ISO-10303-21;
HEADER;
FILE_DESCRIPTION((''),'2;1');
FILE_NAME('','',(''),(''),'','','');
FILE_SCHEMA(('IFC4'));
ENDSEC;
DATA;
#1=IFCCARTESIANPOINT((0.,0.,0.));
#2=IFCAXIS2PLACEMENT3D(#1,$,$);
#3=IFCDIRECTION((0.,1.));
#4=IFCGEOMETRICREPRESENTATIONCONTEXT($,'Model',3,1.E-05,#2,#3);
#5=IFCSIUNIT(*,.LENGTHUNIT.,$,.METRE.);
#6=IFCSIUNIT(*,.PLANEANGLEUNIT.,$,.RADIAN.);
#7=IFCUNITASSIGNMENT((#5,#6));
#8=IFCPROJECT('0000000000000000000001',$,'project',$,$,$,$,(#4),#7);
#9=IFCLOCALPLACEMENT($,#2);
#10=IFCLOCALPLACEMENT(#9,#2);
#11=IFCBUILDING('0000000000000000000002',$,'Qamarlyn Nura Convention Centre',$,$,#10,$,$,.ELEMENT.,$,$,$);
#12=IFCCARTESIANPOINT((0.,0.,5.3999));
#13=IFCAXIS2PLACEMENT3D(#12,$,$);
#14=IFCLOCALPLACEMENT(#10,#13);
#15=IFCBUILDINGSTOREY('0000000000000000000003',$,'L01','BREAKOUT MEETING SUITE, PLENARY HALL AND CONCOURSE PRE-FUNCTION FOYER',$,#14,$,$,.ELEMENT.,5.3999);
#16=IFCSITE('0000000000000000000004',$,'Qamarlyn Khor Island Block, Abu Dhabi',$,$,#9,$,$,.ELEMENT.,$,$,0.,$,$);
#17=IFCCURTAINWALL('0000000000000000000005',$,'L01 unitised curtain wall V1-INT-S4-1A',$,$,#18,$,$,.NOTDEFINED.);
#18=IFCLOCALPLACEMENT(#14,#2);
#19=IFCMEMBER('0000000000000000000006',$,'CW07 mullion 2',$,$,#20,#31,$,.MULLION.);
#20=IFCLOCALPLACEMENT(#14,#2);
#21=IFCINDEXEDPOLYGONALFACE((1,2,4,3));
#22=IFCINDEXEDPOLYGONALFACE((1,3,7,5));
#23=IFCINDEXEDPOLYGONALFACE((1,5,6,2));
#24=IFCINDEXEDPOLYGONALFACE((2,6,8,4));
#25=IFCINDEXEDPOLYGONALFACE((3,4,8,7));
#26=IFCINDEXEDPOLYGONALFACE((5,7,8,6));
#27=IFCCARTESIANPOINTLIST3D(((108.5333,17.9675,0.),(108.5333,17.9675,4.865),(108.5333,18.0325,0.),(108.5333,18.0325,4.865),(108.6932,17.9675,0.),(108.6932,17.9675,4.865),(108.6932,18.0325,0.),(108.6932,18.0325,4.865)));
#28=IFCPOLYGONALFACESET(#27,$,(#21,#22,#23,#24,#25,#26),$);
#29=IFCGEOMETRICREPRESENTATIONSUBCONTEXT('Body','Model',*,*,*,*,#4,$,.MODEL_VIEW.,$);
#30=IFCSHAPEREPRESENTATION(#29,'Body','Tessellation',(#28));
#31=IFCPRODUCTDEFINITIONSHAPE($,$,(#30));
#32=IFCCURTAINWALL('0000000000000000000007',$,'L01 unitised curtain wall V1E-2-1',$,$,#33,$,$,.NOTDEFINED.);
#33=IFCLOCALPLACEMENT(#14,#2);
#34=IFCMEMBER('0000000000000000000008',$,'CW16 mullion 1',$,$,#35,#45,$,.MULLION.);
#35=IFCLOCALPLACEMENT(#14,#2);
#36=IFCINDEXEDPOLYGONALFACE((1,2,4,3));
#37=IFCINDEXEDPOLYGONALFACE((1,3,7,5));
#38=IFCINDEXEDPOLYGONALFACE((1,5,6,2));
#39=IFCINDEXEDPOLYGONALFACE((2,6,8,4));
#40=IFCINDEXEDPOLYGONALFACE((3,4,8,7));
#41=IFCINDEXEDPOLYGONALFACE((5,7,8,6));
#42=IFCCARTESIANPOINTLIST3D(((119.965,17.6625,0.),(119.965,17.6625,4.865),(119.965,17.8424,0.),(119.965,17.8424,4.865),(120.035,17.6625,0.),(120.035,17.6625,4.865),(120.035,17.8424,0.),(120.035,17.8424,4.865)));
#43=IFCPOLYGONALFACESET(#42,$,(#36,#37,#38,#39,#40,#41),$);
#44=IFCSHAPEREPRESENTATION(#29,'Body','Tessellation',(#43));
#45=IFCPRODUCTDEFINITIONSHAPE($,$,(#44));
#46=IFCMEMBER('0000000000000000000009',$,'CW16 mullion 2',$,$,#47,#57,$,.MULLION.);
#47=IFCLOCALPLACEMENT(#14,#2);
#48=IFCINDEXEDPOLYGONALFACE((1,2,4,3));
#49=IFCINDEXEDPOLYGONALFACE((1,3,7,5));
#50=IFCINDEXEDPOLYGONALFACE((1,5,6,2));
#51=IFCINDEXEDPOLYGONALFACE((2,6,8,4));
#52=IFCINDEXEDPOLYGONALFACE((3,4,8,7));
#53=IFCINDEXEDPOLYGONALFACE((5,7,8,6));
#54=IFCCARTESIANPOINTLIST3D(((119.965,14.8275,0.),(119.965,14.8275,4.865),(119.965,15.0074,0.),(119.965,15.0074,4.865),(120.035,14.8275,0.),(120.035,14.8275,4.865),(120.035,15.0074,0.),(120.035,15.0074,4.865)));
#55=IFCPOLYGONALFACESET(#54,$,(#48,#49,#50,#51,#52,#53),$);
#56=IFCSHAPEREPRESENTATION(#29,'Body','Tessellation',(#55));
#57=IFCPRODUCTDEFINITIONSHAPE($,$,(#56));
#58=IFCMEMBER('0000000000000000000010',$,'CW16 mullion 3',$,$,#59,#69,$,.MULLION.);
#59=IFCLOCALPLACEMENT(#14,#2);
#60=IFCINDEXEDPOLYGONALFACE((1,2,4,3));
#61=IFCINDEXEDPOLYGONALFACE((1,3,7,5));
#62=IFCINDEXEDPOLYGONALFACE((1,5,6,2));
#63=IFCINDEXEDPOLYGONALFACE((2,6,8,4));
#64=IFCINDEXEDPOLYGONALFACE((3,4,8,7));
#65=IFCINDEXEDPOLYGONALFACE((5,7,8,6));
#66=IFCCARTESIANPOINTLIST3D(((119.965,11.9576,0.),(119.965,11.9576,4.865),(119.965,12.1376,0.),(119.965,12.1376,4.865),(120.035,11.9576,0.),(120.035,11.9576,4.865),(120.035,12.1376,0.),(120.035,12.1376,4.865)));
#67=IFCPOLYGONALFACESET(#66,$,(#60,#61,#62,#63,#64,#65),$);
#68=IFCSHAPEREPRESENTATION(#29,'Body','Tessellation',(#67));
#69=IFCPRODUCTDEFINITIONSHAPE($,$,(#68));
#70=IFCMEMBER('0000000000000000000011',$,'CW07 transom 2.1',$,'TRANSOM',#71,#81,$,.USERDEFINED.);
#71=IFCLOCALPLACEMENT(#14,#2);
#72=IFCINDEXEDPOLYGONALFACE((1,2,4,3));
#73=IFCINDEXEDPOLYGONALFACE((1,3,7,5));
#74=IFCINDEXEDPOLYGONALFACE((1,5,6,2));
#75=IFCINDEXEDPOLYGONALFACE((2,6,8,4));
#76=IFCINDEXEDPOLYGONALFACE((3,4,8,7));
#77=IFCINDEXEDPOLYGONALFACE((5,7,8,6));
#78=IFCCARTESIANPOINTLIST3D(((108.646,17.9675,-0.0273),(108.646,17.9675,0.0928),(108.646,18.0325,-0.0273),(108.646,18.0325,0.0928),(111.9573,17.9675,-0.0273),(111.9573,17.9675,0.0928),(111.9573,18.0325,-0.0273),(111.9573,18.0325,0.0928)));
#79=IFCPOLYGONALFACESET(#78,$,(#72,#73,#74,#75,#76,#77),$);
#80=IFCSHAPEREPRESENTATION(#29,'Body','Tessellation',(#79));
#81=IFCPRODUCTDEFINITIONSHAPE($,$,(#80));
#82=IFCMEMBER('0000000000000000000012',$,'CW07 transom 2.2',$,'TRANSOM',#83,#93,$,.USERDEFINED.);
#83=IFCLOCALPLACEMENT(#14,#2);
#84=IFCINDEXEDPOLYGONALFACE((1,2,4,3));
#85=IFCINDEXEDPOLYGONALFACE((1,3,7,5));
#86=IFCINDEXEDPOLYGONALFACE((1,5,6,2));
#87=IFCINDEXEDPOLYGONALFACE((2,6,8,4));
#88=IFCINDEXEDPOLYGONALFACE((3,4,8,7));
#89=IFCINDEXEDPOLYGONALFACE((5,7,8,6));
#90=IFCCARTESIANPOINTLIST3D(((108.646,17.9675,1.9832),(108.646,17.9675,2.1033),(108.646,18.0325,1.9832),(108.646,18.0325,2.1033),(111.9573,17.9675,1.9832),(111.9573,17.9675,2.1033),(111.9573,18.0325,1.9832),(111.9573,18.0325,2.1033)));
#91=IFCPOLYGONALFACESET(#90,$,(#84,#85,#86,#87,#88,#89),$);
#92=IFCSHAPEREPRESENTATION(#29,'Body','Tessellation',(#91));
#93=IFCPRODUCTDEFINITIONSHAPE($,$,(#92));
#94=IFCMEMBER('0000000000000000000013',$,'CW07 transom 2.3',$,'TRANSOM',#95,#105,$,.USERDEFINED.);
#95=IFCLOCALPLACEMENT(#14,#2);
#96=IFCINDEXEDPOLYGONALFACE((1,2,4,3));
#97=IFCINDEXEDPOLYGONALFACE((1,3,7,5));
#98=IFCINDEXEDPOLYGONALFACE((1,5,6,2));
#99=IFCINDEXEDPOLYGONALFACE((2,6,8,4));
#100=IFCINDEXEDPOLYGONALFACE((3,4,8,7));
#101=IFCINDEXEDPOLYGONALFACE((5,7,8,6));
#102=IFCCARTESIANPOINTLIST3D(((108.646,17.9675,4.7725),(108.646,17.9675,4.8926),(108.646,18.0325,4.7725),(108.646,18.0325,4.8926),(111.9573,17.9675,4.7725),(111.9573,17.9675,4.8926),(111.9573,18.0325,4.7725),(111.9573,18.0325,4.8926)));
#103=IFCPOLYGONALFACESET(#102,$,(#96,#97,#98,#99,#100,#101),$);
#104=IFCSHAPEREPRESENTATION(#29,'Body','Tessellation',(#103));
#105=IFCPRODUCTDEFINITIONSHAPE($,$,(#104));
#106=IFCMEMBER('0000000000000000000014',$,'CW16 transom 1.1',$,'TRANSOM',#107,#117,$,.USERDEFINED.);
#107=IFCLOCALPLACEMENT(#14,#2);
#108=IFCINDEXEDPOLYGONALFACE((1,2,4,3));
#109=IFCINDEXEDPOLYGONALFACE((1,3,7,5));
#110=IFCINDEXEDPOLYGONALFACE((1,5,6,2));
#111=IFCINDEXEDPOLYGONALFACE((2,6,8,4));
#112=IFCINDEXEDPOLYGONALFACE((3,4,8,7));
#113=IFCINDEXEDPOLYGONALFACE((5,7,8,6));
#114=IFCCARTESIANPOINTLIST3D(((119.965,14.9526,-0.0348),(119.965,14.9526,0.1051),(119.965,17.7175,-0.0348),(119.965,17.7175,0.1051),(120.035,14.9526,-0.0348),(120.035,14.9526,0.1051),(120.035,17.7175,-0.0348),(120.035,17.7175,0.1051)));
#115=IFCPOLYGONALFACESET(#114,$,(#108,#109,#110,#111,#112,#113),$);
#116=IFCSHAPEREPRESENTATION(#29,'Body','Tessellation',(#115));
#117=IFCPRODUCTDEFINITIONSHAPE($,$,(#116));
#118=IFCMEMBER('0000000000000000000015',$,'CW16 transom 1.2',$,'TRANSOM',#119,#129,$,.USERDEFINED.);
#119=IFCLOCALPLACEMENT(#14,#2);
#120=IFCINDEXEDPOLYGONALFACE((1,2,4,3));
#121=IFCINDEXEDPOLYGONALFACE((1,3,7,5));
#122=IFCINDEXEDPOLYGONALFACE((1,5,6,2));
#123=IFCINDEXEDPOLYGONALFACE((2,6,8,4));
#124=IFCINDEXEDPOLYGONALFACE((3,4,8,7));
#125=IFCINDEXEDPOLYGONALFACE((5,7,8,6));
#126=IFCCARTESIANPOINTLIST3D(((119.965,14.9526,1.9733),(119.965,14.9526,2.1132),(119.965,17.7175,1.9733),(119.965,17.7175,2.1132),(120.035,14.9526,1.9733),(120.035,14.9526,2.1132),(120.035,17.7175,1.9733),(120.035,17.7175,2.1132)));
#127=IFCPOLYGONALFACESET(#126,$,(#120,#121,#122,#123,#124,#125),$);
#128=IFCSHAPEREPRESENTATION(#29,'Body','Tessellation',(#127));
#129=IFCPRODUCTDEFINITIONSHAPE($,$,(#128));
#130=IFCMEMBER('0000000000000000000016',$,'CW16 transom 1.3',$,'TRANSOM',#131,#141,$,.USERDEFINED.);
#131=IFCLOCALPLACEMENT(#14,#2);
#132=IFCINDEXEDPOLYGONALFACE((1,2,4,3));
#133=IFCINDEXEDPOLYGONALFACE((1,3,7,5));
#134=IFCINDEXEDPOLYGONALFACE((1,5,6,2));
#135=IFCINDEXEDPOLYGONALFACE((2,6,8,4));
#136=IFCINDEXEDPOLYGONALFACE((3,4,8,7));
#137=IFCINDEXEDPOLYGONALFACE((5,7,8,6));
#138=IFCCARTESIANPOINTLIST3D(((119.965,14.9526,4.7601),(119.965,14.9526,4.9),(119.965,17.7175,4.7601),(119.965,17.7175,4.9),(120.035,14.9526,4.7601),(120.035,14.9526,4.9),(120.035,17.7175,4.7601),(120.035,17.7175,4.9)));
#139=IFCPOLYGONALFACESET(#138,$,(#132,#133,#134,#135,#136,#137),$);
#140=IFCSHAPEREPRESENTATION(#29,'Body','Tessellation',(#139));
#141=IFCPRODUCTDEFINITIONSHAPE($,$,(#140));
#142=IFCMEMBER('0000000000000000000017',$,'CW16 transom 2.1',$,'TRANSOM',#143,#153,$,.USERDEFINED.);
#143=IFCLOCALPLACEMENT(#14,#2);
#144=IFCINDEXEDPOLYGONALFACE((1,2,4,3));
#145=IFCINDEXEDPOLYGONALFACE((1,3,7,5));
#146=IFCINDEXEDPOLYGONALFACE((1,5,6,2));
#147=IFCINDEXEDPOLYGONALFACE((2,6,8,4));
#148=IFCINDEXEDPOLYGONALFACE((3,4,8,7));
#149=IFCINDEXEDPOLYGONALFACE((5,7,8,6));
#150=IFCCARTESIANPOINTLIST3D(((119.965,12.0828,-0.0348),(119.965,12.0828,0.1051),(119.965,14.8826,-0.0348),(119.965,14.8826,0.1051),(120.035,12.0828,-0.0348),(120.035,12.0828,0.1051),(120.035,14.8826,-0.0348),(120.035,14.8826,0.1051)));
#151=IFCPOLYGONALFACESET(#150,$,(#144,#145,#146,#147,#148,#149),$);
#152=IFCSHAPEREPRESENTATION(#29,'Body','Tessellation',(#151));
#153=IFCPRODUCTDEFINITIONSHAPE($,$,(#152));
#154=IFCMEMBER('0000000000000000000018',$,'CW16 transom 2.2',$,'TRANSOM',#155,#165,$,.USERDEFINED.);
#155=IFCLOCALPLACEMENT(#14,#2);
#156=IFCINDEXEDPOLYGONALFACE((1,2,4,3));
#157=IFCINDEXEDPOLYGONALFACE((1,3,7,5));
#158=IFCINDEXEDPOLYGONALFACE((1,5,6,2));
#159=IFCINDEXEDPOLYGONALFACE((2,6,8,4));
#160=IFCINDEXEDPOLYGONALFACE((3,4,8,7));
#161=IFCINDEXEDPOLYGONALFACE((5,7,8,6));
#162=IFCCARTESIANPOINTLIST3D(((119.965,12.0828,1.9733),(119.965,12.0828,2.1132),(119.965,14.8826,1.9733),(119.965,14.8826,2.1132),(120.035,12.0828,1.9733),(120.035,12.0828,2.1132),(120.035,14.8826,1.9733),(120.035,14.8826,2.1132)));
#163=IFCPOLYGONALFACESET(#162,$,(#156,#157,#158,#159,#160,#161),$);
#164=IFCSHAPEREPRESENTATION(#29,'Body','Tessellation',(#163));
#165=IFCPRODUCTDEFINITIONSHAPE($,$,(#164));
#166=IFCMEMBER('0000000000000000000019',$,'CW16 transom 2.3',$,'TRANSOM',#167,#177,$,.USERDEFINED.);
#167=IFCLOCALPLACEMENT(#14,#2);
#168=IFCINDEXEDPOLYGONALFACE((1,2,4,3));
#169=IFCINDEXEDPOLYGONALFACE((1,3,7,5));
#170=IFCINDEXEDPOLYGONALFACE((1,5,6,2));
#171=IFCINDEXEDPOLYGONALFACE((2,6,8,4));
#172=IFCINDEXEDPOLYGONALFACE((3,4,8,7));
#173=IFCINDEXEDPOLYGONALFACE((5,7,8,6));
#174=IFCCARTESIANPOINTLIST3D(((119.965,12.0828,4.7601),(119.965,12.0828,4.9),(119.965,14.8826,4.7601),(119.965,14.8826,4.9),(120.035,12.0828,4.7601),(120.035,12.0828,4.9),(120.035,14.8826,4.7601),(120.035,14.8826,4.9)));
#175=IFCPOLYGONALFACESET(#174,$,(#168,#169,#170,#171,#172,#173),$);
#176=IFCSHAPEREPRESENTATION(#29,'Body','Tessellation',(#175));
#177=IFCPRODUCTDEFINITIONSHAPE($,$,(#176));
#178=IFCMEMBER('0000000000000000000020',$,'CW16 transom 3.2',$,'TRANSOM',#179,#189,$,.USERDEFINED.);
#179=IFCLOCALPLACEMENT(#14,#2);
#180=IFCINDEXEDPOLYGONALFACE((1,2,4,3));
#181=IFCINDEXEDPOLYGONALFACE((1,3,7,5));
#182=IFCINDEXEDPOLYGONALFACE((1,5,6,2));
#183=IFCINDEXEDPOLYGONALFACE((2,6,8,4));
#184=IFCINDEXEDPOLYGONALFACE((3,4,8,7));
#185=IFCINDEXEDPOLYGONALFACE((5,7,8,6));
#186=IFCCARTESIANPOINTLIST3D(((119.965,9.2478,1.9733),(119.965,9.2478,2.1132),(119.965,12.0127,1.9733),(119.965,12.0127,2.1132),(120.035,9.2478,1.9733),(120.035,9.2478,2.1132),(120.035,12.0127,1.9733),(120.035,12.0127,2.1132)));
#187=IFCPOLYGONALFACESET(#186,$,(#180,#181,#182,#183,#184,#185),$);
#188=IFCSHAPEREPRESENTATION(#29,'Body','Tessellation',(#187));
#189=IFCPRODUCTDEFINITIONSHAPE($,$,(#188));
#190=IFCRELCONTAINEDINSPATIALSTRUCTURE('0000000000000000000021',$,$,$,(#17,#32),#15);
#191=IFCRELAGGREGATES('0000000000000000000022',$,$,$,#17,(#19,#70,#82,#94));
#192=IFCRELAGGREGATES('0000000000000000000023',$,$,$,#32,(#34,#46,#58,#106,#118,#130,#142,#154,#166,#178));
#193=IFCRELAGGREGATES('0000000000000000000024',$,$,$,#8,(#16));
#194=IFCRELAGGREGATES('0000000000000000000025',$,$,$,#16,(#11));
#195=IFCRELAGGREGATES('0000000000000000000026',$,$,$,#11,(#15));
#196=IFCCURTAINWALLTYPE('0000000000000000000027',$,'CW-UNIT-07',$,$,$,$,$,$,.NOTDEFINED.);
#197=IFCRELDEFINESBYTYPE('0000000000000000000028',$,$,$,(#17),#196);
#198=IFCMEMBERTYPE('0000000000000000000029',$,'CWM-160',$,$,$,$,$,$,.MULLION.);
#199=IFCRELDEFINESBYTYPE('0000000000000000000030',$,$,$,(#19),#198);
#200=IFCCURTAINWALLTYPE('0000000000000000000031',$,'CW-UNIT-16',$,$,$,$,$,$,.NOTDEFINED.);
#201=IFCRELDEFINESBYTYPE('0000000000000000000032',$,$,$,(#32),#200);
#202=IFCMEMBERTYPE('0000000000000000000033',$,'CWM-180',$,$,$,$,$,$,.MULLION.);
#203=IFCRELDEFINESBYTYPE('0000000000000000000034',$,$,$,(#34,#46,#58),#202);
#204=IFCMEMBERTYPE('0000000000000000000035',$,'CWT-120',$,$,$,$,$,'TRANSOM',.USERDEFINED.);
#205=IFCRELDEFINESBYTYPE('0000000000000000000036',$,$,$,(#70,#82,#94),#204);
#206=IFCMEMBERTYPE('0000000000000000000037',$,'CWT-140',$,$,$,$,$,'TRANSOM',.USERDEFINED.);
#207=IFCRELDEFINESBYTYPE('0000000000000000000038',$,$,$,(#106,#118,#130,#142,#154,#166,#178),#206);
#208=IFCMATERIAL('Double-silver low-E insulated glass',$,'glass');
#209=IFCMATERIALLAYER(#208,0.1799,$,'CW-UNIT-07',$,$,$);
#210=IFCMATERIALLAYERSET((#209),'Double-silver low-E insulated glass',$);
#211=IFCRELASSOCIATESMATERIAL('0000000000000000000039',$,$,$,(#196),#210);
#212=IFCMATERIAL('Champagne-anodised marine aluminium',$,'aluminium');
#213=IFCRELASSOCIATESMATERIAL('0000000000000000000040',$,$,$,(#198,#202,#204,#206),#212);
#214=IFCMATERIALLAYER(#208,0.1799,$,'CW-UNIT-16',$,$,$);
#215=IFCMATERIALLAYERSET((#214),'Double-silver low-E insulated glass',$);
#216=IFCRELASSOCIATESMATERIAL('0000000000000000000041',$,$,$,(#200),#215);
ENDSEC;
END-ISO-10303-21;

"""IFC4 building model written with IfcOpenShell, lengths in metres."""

from ifc_helpers import new_model, si_unit, direction, frame, origin, origin_2d, place, context, subcontext, project, spatial, rectangle, extrude, material, layer, layer_set, material_profile, profile_set, type_object, element, aggregate, save


model = new_model("IFC4")

# Units and contexts
model_context = context("Model", 3, precision=1e-05, world=origin(), true_north=direction((0.0, 1.0)))
body_context = subcontext(model_context, "Body", "Model", "MODEL_VIEW")
ifc_project = project(units=[si_unit("LENGTHUNIT", "METRE"), si_unit("PLANEANGLEUNIT", "RADIAN")], contexts=[model_context])

# Site, building, storey
site_placement = place(None, origin())
site = spatial("IfcSite", under=ifc_project, at=site_placement, Name="Qamarlyn Khor Island Block, Abu Dhabi", CompositionType="ELEMENT", RefElevation=0.0)
building_placement = place(site_placement, origin())
building = spatial("IfcBuilding", under=site, at=building_placement, Name="Qamarlyn Nura Convention Centre", CompositionType="ELEMENT")
storey_placement = place(building_placement, frame((0.0, 0.0, 5.3999)))
storey = spatial("IfcBuildingStorey", under=building, at=storey_placement, Name="L01", Description="BREAKOUT MEETING SUITE, PLENARY HALL AND CONCOURSE PRE-FUNCTION FOYER", CompositionType="ELEMENT", Elevation=5.3999)

# Curtain wall, member
ifc_material_1 = material(Name="Double-silver low-E insulated glass", Category="glass")
ifc_layer_1 = layer(ifc_material_1, 0.1799, Name="CW-UNIT-07")
ifc_layer_set_1 = layer_set([ifc_layer_1], Name="Double-silver low-E insulated glass")
curtain_wall_type_1 = type_object("IfcCurtainWallType", Name="CW-UNIT-07", PredefinedType="NOTDEFINED", material=ifc_layer_set_1)
curtain_wall_1_placement = place(storey_placement, origin())
curtain_wall_1 = element("IfcCurtainWall", 1, at=curtain_wall_1_placement, inside=storey, type_object=curtain_wall_type_1, Name="L01 unitised curtain wall V1-INT-S4-1A", PredefinedType="NOTDEFINED")
ifc_material_2 = material(Name="Champagne-anodised marine aluminium", Category="aluminium")
ifc_material_profile_1 = material_profile(ifc_material_2, rectangle(XDim=0.0649, YDim=0.1599, at=origin_2d()), Name="ALU MULLION 65x160")
ifc_profile_set_1 = profile_set([ifc_material_profile_1], Name="Champagne-anodised marine aluminium")
member_type_1 = type_object("IfcMemberType", Name="CWM-160", PredefinedType="MULLION", material=ifc_profile_set_1)
member_1_placement = place(storey_placement, frame((108.6133, 18.0, 0.0), z_axis=(0.0, 0.0, 1.0), x_axis=(0.0, 1.0, 0.0)))
member_1 = element("IfcMember", 2, at=member_1_placement, type_object=member_type_1, Name="CW07 mullion 2", PredefinedType="MULLION", context=body_context, shape_type="SweptSolid", body=[
    extrude(rectangle(XDim=0.0649, YDim=0.1599, at=origin_2d()), origin(), (0.0, 0.0, 1.0), 4.865),
])

# Curtain wall, members
ifc_layer_2 = layer(ifc_material_1, 0.1799, Name="CW-UNIT-16")
ifc_layer_set_2 = layer_set([ifc_layer_2], Name="Double-silver low-E insulated glass")
curtain_wall_type_2 = type_object("IfcCurtainWallType", Name="CW-UNIT-16", PredefinedType="NOTDEFINED", material=ifc_layer_set_2)
curtain_wall_2_placement = place(storey_placement, origin())
curtain_wall_2 = element("IfcCurtainWall", 3, at=curtain_wall_2_placement, inside=storey, type_object=curtain_wall_type_2, Name="L01 unitised curtain wall V1E-2-1", PredefinedType="NOTDEFINED")
ifc_material_profile_2 = material_profile(ifc_material_2, rectangle(XDim=0.0701, YDim=0.1799, at=origin_2d()), Name="ALU MULLION 70x180")
ifc_profile_set_2 = profile_set([ifc_material_profile_2], Name="Champagne-anodised marine aluminium")
member_type_2 = type_object("IfcMemberType", Name="CWM-180", PredefinedType="MULLION", material=ifc_profile_set_2)
member_2_placement = place(storey_placement, frame((120.0, 17.7524, 0.0), z_axis=(0.0, 0.0, 1.0), x_axis=(1.0, 0.0, 0.0)))
member_2 = element("IfcMember", 4, at=member_2_placement, type_object=member_type_2, Name="CW16 mullion 1", PredefinedType="MULLION", context=body_context, shape_type="SweptSolid", body=[
    extrude(rectangle(XDim=0.0701, YDim=0.1799, at=origin_2d()), origin(), (0.0, 0.0, 1.0), 4.865),
])
member_3_placement = place(storey_placement, frame((120.0, 14.9175, 0.0), z_axis=(0.0, 0.0, 1.0), x_axis=(1.0, 0.0, 0.0)))
member_3 = element("IfcMember", 5, at=member_3_placement, type_object=member_type_2, Name="CW16 mullion 2", PredefinedType="MULLION", context=body_context, shape_type="SweptSolid", body=[
    extrude(rectangle(XDim=0.0701, YDim=0.1799, at=origin_2d()), origin(), (0.0, 0.0, 1.0), 4.865),
])
member_4_placement = place(storey_placement, frame((120.0, 12.0476, 0.0), z_axis=(0.0, 0.0, 1.0), x_axis=(1.0, 0.0, 0.0)))
member_4 = element("IfcMember", 6, at=member_4_placement, type_object=member_type_2, Name="CW16 mullion 3", PredefinedType="MULLION", context=body_context, shape_type="SweptSolid", body=[
    extrude(rectangle(XDim=0.0701, YDim=0.1799, at=origin_2d()), origin(), (0.0, 0.0, 1.0), 4.865),
])

# Members
ifc_material_profile_3 = material_profile(ifc_material_2, rectangle(XDim=0.0649, YDim=0.1201, at=origin_2d()), Name="ALU TRANSOM 65x120")
ifc_profile_set_3 = profile_set([ifc_material_profile_3], Name="Champagne-anodised marine aluminium")
member_type_3 = type_object("IfcMemberType", Name="CWT-120", ElementType="TRANSOM", PredefinedType="USERDEFINED", material=ifc_profile_set_3)
member_5_placement = place(storey_placement, frame((108.646, 18.0, 0.0327), z_axis=(1.0, 0.0, 0.0), x_axis=(0.0, 1.0, 0.0)))
member_5 = element("IfcMember", 7, at=member_5_placement, type_object=member_type_3, Name="CW07 transom 2.1", ObjectType="TRANSOM", PredefinedType="USERDEFINED", context=body_context, shape_type="SweptSolid", body=[
    extrude(rectangle(XDim=0.0649, YDim=0.1201, at=origin_2d()), origin(), (0.0, 0.0, 1.0), 3.3113),
])
member_6_placement = place(storey_placement, frame((108.646, 18.0, 2.0432), z_axis=(1.0, 0.0, 0.0), x_axis=(0.0, 1.0, 0.0)))
member_6 = element("IfcMember", 8, at=member_6_placement, type_object=member_type_3, Name="CW07 transom 2.2", ObjectType="TRANSOM", PredefinedType="USERDEFINED", context=body_context, shape_type="SweptSolid", body=[
    extrude(rectangle(XDim=0.0649, YDim=0.1201, at=origin_2d()), origin(), (0.0, 0.0, 1.0), 3.3113),
])
member_7_placement = place(storey_placement, frame((108.646, 18.0, 4.8325), z_axis=(1.0, 0.0, 0.0), x_axis=(0.0, 1.0, 0.0)))
member_7 = element("IfcMember", 9, at=member_7_placement, type_object=member_type_3, Name="CW07 transom 2.3", ObjectType="TRANSOM", PredefinedType="USERDEFINED", context=body_context, shape_type="SweptSolid", body=[
    extrude(rectangle(XDim=0.0649, YDim=0.1201, at=origin_2d()), origin(), (0.0, 0.0, 1.0), 3.3113),
])
ifc_material_profile_4 = material_profile(ifc_material_2, rectangle(XDim=0.0701, YDim=0.1399, at=origin_2d()), Name="ALU TRANSOM 70x140")
ifc_profile_set_4 = profile_set([ifc_material_profile_4], Name="Champagne-anodised marine aluminium")
member_type_4 = type_object("IfcMemberType", Name="CWT-140", ElementType="TRANSOM", PredefinedType="USERDEFINED", material=ifc_profile_set_4)
member_8_placement = place(storey_placement, frame((120.0, 17.7175, 0.0352), z_axis=(0.0, -1.0, 0.0), x_axis=(1.0, 0.0, 0.0)))
member_8 = element("IfcMember", 10, at=member_8_placement, type_object=member_type_4, Name="CW16 transom 1.1", ObjectType="TRANSOM", PredefinedType="USERDEFINED", context=body_context, shape_type="SweptSolid", body=[
    extrude(rectangle(XDim=0.0701, YDim=0.1399, at=origin_2d()), origin(), (0.0, 0.0, 1.0), 2.7649),
])
member_9_placement = place(storey_placement, frame((120.0, 17.7175, 2.0432), z_axis=(0.0, -1.0, 0.0), x_axis=(1.0, 0.0, 0.0)))
member_9 = element("IfcMember", 11, at=member_9_placement, type_object=member_type_4, Name="CW16 transom 1.2", ObjectType="TRANSOM", PredefinedType="USERDEFINED", context=body_context, shape_type="SweptSolid", body=[
    extrude(rectangle(XDim=0.0701, YDim=0.1399, at=origin_2d()), origin(), (0.0, 0.0, 1.0), 2.7649),
])
member_10_placement = place(storey_placement, frame((120.0, 17.7175, 4.8301), z_axis=(0.0, -1.0, 0.0), x_axis=(1.0, 0.0, 0.0)))
member_10 = element("IfcMember", 12, at=member_10_placement, type_object=member_type_4, Name="CW16 transom 1.3", ObjectType="TRANSOM", PredefinedType="USERDEFINED", context=body_context, shape_type="SweptSolid", body=[
    extrude(rectangle(XDim=0.0701, YDim=0.1399, at=origin_2d()), origin(), (0.0, 0.0, 1.0), 2.7649),
])
member_11_placement = place(storey_placement, frame((120.0, 14.8826, 0.0352), z_axis=(0.0, -1.0, 0.0), x_axis=(1.0, 0.0, 0.0)))
member_11 = element("IfcMember", 13, at=member_11_placement, type_object=member_type_4, Name="CW16 transom 2.1", ObjectType="TRANSOM", PredefinedType="USERDEFINED", context=body_context, shape_type="SweptSolid", body=[
    extrude(rectangle(XDim=0.0701, YDim=0.1399, at=origin_2d()), origin(), (0.0, 0.0, 1.0), 2.7998),
])
member_12_placement = place(storey_placement, frame((120.0, 14.8826, 2.0432), z_axis=(0.0, -1.0, 0.0), x_axis=(1.0, 0.0, 0.0)))
member_12 = element("IfcMember", 14, at=member_12_placement, type_object=member_type_4, Name="CW16 transom 2.2", ObjectType="TRANSOM", PredefinedType="USERDEFINED", context=body_context, shape_type="SweptSolid", body=[
    extrude(rectangle(XDim=0.0701, YDim=0.1399, at=origin_2d()), origin(), (0.0, 0.0, 1.0), 2.7998),
])
member_13_placement = place(storey_placement, frame((120.0, 14.8826, 4.8301), z_axis=(0.0, -1.0, 0.0), x_axis=(1.0, 0.0, 0.0)))
member_13 = element("IfcMember", 15, at=member_13_placement, type_object=member_type_4, Name="CW16 transom 2.3", ObjectType="TRANSOM", PredefinedType="USERDEFINED", context=body_context, shape_type="SweptSolid", body=[
    extrude(rectangle(XDim=0.0701, YDim=0.1399, at=origin_2d()), origin(), (0.0, 0.0, 1.0), 2.7998),
])
member_14_placement = place(storey_placement, frame((120.0, 12.0127, 2.0432), z_axis=(0.0, -1.0, 0.0), x_axis=(1.0, 0.0, 0.0)))
member_14 = element("IfcMember", 16, at=member_14_placement, type_object=member_type_4, Name="CW16 transom 3.2", ObjectType="TRANSOM", PredefinedType="USERDEFINED", context=body_context, shape_type="SweptSolid", body=[
    extrude(rectangle(XDim=0.0701, YDim=0.1399, at=origin_2d()), origin(), (0.0, 0.0, 1.0), 2.7649),
])

aggregate(curtain_wall_1, [member_1, member_5, member_6, member_7])
aggregate(curtain_wall_2, [member_2, member_3, member_4, member_8, member_9, member_10, member_11, member_12, member_13, member_14])

save(model, "model.ifc")
